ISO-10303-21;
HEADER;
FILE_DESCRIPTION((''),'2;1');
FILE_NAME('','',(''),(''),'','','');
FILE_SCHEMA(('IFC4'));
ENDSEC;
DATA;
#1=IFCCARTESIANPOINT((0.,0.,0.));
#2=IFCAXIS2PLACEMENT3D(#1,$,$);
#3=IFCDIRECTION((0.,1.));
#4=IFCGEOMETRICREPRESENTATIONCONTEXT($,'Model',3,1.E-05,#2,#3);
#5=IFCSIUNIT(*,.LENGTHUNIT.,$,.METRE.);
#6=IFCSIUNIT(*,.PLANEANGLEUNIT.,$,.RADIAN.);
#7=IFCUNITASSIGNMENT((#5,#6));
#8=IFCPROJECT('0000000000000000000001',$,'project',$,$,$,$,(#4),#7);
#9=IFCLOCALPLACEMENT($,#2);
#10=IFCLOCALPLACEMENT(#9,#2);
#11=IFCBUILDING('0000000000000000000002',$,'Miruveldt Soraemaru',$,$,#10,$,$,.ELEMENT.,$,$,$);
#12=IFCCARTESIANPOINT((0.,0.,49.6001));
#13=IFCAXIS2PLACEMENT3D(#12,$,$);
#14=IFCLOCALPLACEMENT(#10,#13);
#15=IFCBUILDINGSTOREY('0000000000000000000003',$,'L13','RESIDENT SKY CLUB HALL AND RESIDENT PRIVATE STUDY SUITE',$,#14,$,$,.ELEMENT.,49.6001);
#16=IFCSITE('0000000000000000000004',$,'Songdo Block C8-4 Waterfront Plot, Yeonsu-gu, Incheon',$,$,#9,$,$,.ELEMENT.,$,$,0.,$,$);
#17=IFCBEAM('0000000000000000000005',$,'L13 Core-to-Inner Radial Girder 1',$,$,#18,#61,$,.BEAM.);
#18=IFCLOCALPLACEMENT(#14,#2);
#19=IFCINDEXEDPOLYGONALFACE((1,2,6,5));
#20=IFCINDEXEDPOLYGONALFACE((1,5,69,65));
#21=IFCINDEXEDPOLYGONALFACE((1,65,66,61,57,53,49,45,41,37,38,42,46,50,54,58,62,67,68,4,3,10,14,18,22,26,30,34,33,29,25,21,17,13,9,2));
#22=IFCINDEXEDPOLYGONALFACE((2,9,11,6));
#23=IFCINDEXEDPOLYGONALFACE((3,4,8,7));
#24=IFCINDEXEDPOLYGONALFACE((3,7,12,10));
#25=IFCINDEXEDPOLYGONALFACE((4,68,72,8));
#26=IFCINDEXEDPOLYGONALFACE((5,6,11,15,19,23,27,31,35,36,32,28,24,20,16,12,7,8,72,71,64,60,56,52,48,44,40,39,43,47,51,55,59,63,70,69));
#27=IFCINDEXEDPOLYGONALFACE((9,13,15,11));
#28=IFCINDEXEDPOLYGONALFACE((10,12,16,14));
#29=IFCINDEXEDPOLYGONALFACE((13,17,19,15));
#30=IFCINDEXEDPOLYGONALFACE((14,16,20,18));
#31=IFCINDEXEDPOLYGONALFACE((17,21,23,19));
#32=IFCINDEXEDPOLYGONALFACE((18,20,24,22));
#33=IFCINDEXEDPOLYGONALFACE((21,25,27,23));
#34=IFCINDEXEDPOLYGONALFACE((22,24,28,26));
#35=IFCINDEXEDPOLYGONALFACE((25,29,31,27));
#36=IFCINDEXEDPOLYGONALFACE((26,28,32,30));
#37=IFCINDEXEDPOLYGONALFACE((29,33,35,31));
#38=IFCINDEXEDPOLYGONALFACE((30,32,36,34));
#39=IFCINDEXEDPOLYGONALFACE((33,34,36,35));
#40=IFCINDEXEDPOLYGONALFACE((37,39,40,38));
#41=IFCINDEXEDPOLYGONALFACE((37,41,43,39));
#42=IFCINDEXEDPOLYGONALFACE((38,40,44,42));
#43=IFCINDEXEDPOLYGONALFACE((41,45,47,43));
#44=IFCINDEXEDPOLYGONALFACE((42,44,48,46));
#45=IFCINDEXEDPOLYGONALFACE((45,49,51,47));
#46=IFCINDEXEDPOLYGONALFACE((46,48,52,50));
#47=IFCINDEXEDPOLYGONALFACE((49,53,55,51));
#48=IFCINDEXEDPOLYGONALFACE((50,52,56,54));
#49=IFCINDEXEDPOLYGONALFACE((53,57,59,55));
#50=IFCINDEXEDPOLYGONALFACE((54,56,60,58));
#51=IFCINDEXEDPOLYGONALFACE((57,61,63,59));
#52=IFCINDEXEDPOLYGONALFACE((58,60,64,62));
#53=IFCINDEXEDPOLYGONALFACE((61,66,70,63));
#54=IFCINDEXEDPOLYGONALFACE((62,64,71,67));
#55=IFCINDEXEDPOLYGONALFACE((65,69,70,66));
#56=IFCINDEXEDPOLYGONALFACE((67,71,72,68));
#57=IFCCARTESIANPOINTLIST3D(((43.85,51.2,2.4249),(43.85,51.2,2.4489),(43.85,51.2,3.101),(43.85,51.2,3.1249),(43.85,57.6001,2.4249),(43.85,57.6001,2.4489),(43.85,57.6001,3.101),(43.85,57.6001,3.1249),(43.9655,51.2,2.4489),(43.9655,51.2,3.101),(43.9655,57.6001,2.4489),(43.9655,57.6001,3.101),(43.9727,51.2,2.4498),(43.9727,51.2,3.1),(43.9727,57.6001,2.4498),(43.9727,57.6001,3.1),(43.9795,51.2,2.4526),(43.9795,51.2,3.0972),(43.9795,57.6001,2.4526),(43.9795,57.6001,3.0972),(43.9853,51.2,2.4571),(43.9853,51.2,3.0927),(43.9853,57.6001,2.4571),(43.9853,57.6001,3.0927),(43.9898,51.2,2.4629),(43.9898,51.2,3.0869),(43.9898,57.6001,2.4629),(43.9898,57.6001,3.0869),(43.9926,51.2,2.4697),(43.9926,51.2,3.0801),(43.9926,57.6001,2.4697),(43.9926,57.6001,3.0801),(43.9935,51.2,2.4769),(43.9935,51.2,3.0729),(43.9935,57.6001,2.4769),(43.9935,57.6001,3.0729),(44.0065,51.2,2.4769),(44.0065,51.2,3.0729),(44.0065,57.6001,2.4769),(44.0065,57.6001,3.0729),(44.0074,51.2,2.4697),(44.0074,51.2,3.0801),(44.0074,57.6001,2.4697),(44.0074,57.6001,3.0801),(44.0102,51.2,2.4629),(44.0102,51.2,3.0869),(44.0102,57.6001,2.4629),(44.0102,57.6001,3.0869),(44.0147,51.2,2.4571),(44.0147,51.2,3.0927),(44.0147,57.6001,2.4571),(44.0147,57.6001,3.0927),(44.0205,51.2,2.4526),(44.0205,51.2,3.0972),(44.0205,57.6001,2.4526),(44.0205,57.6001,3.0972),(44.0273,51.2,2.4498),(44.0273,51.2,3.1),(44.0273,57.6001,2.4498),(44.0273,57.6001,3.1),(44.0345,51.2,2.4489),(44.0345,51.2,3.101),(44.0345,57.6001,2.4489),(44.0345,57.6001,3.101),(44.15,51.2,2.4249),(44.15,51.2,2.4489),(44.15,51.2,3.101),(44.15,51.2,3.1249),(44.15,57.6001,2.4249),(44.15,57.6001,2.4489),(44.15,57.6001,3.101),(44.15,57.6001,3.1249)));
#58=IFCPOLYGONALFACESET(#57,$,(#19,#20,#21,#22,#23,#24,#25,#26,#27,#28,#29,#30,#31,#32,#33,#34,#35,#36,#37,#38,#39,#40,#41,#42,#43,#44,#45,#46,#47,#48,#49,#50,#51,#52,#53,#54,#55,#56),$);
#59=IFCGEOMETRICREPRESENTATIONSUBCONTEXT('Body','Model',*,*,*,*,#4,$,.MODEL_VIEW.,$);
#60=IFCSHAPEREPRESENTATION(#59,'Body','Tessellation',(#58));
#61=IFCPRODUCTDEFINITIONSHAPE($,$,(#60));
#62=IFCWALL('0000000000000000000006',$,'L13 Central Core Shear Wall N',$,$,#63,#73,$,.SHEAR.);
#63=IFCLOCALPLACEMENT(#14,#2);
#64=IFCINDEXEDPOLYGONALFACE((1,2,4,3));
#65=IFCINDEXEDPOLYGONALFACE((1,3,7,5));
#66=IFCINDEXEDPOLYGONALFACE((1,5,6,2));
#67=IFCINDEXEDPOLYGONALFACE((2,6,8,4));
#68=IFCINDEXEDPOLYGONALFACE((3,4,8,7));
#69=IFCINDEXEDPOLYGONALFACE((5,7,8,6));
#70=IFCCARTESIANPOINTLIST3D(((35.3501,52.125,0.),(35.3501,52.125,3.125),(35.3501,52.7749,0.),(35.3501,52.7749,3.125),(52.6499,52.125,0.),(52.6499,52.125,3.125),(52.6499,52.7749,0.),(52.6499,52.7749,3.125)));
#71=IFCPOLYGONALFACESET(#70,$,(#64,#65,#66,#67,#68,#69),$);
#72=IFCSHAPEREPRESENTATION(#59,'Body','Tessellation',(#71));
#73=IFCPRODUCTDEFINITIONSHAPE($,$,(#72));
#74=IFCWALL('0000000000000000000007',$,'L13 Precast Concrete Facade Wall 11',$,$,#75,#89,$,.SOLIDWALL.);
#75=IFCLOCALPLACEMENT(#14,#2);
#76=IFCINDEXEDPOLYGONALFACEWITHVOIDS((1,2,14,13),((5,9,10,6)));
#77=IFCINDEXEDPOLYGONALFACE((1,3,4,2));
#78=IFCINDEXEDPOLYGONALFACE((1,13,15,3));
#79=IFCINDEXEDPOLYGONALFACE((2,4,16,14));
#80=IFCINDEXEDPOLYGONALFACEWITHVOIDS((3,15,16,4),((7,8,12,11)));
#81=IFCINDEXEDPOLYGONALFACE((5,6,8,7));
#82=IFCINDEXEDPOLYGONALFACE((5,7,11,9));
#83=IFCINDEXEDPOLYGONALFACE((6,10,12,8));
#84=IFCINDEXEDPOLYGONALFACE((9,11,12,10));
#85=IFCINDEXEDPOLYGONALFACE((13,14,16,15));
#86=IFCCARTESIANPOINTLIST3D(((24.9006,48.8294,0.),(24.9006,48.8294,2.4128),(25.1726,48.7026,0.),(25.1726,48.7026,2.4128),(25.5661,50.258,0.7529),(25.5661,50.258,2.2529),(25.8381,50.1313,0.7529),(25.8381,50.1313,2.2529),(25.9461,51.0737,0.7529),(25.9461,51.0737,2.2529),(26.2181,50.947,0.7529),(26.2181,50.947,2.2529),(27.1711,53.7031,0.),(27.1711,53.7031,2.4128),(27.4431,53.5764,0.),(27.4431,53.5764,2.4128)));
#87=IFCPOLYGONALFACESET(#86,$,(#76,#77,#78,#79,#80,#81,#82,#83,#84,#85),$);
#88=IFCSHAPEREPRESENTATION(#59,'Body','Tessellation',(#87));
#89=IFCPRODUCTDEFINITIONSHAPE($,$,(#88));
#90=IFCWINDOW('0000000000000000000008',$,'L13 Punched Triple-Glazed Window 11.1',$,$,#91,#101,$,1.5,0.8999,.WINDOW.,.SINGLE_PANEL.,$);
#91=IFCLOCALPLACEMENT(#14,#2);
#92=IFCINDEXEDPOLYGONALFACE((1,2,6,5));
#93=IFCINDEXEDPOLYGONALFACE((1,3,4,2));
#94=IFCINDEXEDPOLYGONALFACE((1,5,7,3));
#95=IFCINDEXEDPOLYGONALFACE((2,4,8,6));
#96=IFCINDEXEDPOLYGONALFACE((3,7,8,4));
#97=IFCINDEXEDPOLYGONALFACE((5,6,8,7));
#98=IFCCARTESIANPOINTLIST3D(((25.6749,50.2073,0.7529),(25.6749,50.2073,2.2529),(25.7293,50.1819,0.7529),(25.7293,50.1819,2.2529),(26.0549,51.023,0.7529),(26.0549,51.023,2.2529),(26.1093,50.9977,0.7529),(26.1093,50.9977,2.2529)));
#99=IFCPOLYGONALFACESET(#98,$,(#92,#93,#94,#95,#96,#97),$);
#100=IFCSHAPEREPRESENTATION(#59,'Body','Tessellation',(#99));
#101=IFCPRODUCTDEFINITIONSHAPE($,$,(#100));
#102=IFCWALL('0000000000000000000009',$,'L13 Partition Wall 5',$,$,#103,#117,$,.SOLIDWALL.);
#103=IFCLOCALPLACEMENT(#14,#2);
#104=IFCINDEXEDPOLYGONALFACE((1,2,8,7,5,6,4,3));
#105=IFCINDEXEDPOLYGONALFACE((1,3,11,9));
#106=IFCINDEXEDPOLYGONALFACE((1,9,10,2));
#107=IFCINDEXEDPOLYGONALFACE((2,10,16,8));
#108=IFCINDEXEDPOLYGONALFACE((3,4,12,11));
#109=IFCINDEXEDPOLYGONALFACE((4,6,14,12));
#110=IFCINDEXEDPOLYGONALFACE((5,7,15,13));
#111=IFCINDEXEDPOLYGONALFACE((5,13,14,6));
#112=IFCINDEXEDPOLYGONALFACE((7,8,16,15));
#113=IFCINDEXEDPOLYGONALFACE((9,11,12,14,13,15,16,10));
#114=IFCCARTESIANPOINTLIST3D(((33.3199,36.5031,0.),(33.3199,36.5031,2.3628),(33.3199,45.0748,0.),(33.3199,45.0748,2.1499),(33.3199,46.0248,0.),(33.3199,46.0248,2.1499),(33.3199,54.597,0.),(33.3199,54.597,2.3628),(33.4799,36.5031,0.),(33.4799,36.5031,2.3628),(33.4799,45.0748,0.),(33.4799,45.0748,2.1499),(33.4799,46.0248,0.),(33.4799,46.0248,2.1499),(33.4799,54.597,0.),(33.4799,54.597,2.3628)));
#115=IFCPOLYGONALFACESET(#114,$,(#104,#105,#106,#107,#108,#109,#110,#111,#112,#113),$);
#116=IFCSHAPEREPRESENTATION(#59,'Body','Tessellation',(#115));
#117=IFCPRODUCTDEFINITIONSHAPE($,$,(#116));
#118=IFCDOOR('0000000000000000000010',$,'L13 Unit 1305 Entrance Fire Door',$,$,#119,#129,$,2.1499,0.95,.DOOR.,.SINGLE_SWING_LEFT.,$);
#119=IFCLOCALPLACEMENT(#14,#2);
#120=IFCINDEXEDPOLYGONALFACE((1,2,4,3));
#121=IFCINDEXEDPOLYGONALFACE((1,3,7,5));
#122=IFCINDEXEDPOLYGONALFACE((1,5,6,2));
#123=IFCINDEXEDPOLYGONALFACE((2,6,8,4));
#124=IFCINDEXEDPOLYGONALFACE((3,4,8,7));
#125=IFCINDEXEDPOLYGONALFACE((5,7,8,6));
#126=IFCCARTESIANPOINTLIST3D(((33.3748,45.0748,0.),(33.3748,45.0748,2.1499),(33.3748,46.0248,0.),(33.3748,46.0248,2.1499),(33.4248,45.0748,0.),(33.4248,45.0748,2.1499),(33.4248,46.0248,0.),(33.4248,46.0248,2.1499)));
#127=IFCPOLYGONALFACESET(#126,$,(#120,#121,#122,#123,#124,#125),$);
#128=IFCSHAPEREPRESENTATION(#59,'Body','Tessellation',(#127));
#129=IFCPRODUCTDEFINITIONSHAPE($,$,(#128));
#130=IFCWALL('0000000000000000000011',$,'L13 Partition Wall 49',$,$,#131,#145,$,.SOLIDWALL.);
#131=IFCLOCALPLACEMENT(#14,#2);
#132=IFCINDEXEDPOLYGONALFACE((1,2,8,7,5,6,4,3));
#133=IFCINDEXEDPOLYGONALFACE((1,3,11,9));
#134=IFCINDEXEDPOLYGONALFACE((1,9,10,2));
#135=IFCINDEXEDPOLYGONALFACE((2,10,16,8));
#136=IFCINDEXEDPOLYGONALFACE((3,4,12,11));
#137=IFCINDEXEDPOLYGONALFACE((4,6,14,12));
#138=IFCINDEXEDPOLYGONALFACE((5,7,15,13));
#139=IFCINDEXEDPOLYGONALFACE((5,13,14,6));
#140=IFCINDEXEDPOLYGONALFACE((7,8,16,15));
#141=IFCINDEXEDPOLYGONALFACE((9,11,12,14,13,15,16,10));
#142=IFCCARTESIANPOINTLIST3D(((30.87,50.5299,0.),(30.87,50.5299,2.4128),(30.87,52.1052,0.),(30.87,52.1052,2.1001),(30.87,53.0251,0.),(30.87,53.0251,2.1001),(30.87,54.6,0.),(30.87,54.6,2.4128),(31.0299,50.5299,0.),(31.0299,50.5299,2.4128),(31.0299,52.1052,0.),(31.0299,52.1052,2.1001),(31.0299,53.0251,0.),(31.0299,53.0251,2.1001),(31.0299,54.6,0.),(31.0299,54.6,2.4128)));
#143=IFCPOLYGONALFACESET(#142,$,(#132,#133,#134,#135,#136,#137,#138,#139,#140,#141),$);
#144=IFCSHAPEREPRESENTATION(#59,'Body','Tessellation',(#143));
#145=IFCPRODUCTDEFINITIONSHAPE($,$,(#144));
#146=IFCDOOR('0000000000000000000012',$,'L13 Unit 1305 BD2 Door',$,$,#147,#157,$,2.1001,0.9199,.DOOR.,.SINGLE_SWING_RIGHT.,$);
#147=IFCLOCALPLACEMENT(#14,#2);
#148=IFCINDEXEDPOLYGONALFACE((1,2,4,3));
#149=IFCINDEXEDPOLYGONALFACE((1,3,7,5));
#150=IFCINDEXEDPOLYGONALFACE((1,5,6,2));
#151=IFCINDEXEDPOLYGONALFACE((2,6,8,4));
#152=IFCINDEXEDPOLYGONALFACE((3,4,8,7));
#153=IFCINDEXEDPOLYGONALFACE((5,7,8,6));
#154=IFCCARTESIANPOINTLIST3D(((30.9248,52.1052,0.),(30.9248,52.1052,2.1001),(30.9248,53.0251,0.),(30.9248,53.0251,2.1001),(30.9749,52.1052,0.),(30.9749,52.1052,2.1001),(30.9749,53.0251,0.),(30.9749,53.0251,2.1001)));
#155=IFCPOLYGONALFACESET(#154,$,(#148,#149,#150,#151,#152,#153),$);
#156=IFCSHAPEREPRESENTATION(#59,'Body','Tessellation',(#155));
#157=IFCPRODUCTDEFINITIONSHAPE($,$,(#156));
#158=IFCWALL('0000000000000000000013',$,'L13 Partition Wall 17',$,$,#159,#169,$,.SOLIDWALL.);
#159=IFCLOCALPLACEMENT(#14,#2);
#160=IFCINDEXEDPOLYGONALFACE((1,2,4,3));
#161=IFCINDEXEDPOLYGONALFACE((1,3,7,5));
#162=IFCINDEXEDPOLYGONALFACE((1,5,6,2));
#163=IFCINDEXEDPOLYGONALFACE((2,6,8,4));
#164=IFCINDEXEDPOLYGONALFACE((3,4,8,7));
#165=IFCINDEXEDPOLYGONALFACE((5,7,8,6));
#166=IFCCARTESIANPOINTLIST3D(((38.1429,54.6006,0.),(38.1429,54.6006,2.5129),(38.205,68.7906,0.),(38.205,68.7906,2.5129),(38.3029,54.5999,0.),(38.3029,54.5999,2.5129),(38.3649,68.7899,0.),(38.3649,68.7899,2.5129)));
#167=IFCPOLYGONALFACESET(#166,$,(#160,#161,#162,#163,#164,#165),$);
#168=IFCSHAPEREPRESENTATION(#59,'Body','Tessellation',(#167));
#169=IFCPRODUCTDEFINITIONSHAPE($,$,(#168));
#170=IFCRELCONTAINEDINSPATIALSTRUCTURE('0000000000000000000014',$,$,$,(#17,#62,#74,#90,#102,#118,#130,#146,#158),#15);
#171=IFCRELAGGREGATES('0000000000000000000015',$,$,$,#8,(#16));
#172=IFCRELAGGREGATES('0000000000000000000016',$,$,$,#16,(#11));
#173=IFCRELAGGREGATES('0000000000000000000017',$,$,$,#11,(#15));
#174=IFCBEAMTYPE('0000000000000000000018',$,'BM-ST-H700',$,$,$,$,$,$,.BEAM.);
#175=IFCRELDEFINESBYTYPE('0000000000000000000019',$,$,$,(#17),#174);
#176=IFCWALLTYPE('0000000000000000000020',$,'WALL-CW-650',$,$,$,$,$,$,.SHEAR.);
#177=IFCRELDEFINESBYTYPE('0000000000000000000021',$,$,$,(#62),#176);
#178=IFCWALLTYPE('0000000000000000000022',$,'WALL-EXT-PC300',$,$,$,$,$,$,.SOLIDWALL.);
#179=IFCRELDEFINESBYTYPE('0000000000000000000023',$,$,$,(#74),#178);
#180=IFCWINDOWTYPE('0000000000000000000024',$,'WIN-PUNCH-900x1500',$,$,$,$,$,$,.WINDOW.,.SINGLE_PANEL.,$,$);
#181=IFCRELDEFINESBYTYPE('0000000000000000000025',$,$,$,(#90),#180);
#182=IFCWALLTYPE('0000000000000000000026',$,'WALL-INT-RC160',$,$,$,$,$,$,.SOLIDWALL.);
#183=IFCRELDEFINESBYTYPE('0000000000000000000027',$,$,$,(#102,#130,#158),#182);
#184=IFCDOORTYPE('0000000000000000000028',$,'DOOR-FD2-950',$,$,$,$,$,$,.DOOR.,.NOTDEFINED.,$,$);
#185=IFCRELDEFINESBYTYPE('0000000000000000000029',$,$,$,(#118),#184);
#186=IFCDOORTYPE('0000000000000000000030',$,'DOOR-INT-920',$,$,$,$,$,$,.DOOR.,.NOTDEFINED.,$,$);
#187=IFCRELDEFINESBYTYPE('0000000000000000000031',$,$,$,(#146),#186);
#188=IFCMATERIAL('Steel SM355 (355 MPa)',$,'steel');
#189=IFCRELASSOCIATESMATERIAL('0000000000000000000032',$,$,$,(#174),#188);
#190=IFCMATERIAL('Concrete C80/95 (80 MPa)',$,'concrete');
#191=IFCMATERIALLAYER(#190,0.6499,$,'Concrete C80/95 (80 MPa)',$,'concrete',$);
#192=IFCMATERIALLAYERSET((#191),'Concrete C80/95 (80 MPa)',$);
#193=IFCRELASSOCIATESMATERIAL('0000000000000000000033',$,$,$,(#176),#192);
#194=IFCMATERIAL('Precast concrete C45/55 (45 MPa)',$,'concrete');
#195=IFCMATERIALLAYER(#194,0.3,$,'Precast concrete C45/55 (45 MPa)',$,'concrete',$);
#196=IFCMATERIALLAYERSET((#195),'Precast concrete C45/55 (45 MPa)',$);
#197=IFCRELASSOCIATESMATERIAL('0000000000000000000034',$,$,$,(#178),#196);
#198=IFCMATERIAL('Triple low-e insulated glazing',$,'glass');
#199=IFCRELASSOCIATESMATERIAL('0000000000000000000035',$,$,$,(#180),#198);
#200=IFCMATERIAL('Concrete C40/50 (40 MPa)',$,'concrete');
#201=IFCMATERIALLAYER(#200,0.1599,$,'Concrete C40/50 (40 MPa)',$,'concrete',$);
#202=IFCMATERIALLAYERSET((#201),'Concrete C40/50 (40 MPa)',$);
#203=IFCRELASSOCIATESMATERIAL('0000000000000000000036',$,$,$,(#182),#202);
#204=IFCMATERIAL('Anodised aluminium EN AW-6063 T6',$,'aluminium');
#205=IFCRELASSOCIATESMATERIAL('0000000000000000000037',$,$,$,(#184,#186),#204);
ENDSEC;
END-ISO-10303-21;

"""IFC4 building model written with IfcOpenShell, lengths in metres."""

from ifc_helpers import new_model, si_unit, direction, frame, frame_2d, origin, origin_2d, place, context, subcontext, project, spatial, rectangle, i_section, extrude, material, layer, layer_set, material_profile, profile_set, type_object, element, fill, save


model = new_model("IFC4")

# Units and contexts
model_context = context("Model", 3, precision=1e-05, world=origin(), true_north=direction((0.0, 1.0)))
body_context = subcontext(model_context, "Body", "Model", "MODEL_VIEW")
ifc_project = project(units=[si_unit("LENGTHUNIT", "METRE"), si_unit("PLANEANGLEUNIT", "RADIAN")], contexts=[model_context])

# Site, building, storey
site_placement = place(None, origin())
site = spatial("IfcSite", under=ifc_project, at=site_placement, Name="Songdo Block C8-4 Waterfront Plot, Yeonsu-gu, Incheon", CompositionType="ELEMENT", RefElevation=0.0)
building_placement = place(site_placement, origin())
building = spatial("IfcBuilding", under=site, at=building_placement, Name="Miruveldt Soraemaru", CompositionType="ELEMENT")
storey_placement = place(building_placement, frame((0.0, 0.0, 49.6001)))
storey = spatial("IfcBuildingStorey", under=building, at=storey_placement, Name="L13", Description="RESIDENT SKY CLUB HALL AND RESIDENT PRIVATE STUDY SUITE", CompositionType="ELEMENT", Elevation=49.6001)

# Shared definitions
ifc_material_1 = material(Name="Concrete C80/95 (80 MPa)", Category="concrete")

# Beam
ifc_material_2 = material(Name="Concrete C40/50 (40 MPa)", Category="concrete")
ifc_material_3 = material(Name="Steel SM355 (355 MPa)", Category="steel")
ifc_material_profile_1 = material_profile(ifc_material_3, i_section(OverallWidth=0.3, OverallDepth=0.7, WebThickness=0.0129, FlangeThickness=0.0239, FilletRadius=0.0281, at=origin_2d()), Name="Steel SM355 (355 MPa)", Category="steel")
ifc_profile_set_1 = profile_set([ifc_material_profile_1], Name="Steel SM355 (355 MPa)")
beam_type_1 = type_object("IfcBeamType", Name="BM-ST-H700", PredefinedType="BEAM", material=ifc_profile_set_1)
beam_1_placement = place(storey_placement, frame((44.0, 51.2, 2.7749), z_axis=(0.0, 1.0, 0.0), x_axis=(-1.0, 0.0, 0.0)))
element("IfcBeam", 1, at=beam_1_placement, inside=storey, type_object=beam_type_1, Name="L13 Core-to-Inner Radial Girder 1", PredefinedType="BEAM", context=body_context, shape_type="SweptSolid", body=[
    extrude(i_section(OverallWidth=0.3, OverallDepth=0.7, WebThickness=0.0129, FlangeThickness=0.0239, FilletRadius=0.0281, at=origin_2d()), origin(), (0.0, 0.0, 1.0), 6.4001),
])

# Wall
ifc_layer_1 = layer(ifc_material_1, 0.6499, Name="Concrete C80/95 (80 MPa)", Category="concrete")
ifc_layer_set_1 = layer_set([ifc_layer_1], Name="Concrete C80/95 (80 MPa)")
wall_type_1 = type_object("IfcWallType", Name="WALL-CW-650", PredefinedType="SHEAR", material=ifc_layer_set_1)
wall_1_placement = place(storey_placement, frame((35.3501, 52.45, 0.0), z_axis=(0.0, 0.0, 1.0), x_axis=(1.0, 0.0, 0.0)))
element("IfcWall", 2, at=wall_1_placement, inside=storey, type_object=wall_type_1, Name="L13 Central Core Shear Wall N", PredefinedType="SHEAR", context=body_context, shape_type="SweptSolid", body=[
    extrude(rectangle(XDim=17.2998, YDim=0.6499, at=frame_2d((8.6499, 0.0))), origin(), (0.0, 0.0, 1.0), 3.125),
])

# Wall, opening, window
ifc_material_4 = material(Name="Precast concrete C45/55 (45 MPa)", Category="concrete")
ifc_layer_2 = layer(ifc_material_4, 0.3, Name="Precast concrete C45/55 (45 MPa)", Category="concrete")
ifc_layer_set_2 = layer_set([ifc_layer_2], Name="Precast concrete C45/55 (45 MPa)")
wall_type_2 = type_object("IfcWallType", Name="WALL-EXT-PC300", PredefinedType="SOLIDWALL", material=ifc_layer_set_2)
wall_2_placement = place(storey_placement, frame((27.3071, 53.6399, 0.0), z_axis=(0.0, 0.0, 1.0), x_axis=(-0.422286, -0.906463, 0.0)))
wall_2 = element("IfcWall", 3, at=wall_2_placement, inside=storey, type_object=wall_type_2, Name="L13 Precast Concrete Facade Wall 11", PredefinedType="SOLIDWALL", context=body_context, shape_type="SweptSolid", body=[
    extrude(rectangle(XDim=5.3767, YDim=0.3, at=frame_2d((2.6885, 0.0))), origin(), (0.0, 0.0, 1.0), 2.4128),
])
opening_1_placement = place(wall_2_placement, frame((2.9009, 0.0, 0.7529)))
opening_1 = element("IfcOpeningElement", 4, at=opening_1_placement, cuts=wall_2, PredefinedType="OPENING", context=body_context, shape_type="SweptSolid", body=[
    extrude(rectangle(XDim=0.8999, YDim=1.5, at=frame_2d((0.45, 0.75))), frame((0.0, 0.1602, 0.0), z_axis=(0.0, -1.0, 0.0), x_axis=(1.0, 0.0, 0.0)), (0.0, 0.0, 1.0), 0.3201),
])
ifc_material_5 = material(Name="Triple low-e insulated glazing", Category="glass")
window_type = type_object("IfcWindowType", Name="WIN-PUNCH-900x1500", PartitioningType="SINGLE_PANEL", PredefinedType="WINDOW", material=ifc_material_5)
window_placement = place(opening_1_placement, origin())
window = element("IfcWindow", 5, at=window_placement, inside=storey, type_object=window_type, Name="L13 Punched Triple-Glazed Window 11.1", OverallHeight=1.5, OverallWidth=0.8999, PartitioningType="SINGLE_PANEL", PredefinedType="WINDOW", context=body_context, shape_type="SweptSolid", body=[
    extrude(rectangle(XDim=0.8999, YDim=1.5, at=frame_2d((0.45, 0.75))), frame((0.0, 0.03, 0.0), z_axis=(0.0, -1.0, 0.0), x_axis=(1.0, 0.0, 0.0)), (0.0, 0.0, 1.0), 0.0601),
])
fill(opening_1, window)

# Walls, openings, doors
ifc_layer_3 = layer(ifc_material_2, 0.1599, Name="Concrete C40/50 (40 MPa)", Category="concrete")
ifc_layer_set_3 = layer_set([ifc_layer_3], Name="Concrete C40/50 (40 MPa)")
wall_type_3 = type_object("IfcWallType", Name="WALL-INT-RC160", PredefinedType="SOLIDWALL", material=ifc_layer_set_3)
wall_3_placement = place(storey_placement, frame((33.3999, 54.5969, 0.0), z_axis=(0.0, 0.0, 1.0), x_axis=(0.0, -1.0, 0.0)))
wall_3 = element("IfcWall", 6, at=wall_3_placement, inside=storey, type_object=wall_type_3, Name="L13 Partition Wall 5", PredefinedType="SOLIDWALL", context=body_context, shape_type="SweptSolid", body=[
    extrude(rectangle(XDim=18.094, YDim=0.1599, at=frame_2d((9.0469, 0.0))), origin(), (0.0, 0.0, 1.0), 2.3628),
])
opening_2_placement = place(wall_3_placement, frame((8.572, 0.0, 0.0)))
opening_2 = element("IfcOpeningElement", 7, at=opening_2_placement, cuts=wall_3, PredefinedType="OPENING", context=body_context, shape_type="SweptSolid", body=[
    extrude(rectangle(XDim=0.95, YDim=2.1499, at=frame_2d((0.4751, 1.075))), frame((0.0, 0.0898, 0.0), z_axis=(0.0, -1.0, 0.0), x_axis=(1.0, 0.0, 0.0)), (0.0, 0.0, 1.0), 0.1799),
])
ifc_material_6 = material(Name="Anodised aluminium EN AW-6063 T6", Category="aluminium")
door_type_1 = type_object("IfcDoorType", Name="DOOR-FD2-950", OperationType="NOTDEFINED", PredefinedType="DOOR", material=ifc_material_6)
door_1_placement = place(opening_2_placement, origin())
door_1 = element("IfcDoor", 8, at=door_1_placement, inside=storey, type_object=door_type_1, Name="L13 Unit 1305 Entrance Fire Door", OperationType="SINGLE_SWING_LEFT", OverallHeight=2.1499, OverallWidth=0.95, PredefinedType="DOOR", context=body_context, shape_type="SweptSolid", body=[
    extrude(rectangle(XDim=0.95, YDim=2.1499, at=frame_2d((0.4751, 1.075))), frame((0.0, 0.0249, 0.0), z_axis=(0.0, -1.0, 0.0), x_axis=(1.0, 0.0, 0.0)), (0.0, 0.0, 1.0), 0.05),
])
fill(opening_2, door_1)
wall_4_placement = place(storey_placement, frame((30.95, 54.6001, 0.0), z_axis=(0.0, 0.0, 1.0), x_axis=(0.0, -1.0, 0.0)))
wall_4 = element("IfcWall", 9, at=wall_4_placement, inside=storey, type_object=wall_type_3, Name="L13 Partition Wall 49", PredefinedType="SOLIDWALL", context=body_context, shape_type="SweptSolid", body=[
    extrude(rectangle(XDim=4.0701, YDim=0.1599, at=frame_2d((2.0352, 0.0))), origin(), (0.0, 0.0, 1.0), 2.4128),
])
opening_3_placement = place(wall_4_placement, frame((1.575, 0.0, 0.0)))
opening_3 = element("IfcOpeningElement", 10, at=opening_3_placement, cuts=wall_4, PredefinedType="OPENING", context=body_context, shape_type="SweptSolid", body=[
    extrude(rectangle(XDim=0.9199, YDim=2.1001, at=frame_2d((0.46, 1.05))), frame((0.0, 0.0898, 0.0), z_axis=(0.0, -1.0, 0.0), x_axis=(1.0, 0.0, 0.0)), (0.0, 0.0, 1.0), 0.1799),
])
door_type_2 = type_object("IfcDoorType", Name="DOOR-INT-920", OperationType="NOTDEFINED", PredefinedType="DOOR", material=ifc_material_6)
door_2_placement = place(opening_3_placement, origin())
door_2 = element("IfcDoor", 11, at=door_2_placement, inside=storey, type_object=door_type_2, Name="L13 Unit 1305 BD2 Door", OperationType="SINGLE_SWING_RIGHT", OverallHeight=2.1001, OverallWidth=0.9199, PredefinedType="DOOR", context=body_context, shape_type="SweptSolid", body=[
    extrude(rectangle(XDim=0.9199, YDim=2.1001, at=frame_2d((0.46, 1.05))), frame((0.0, 0.0249, 0.0), z_axis=(0.0, -1.0, 0.0), x_axis=(1.0, 0.0, 0.0)), (0.0, 0.0, 1.0), 0.05),
])
fill(opening_3, door_2)

# Wall
wall_5_placement = place(storey_placement, frame((38.2229, 54.6001, 0.0), z_axis=(0.0, 0.0, 1.0), x_axis=(0.00437, 0.99999, 0.0)))
element("IfcWall", 12, at=wall_5_placement, inside=storey, type_object=wall_type_3, Name="L13 Partition Wall 17", PredefinedType="SOLIDWALL", context=body_context, shape_type="SweptSolid", body=[
    extrude(rectangle(XDim=14.1902, YDim=0.1599, at=frame_2d((7.0952, 0.0))), origin(), (0.0, 0.0, 1.0), 2.5129),
])

save(model, "model.ifc")
